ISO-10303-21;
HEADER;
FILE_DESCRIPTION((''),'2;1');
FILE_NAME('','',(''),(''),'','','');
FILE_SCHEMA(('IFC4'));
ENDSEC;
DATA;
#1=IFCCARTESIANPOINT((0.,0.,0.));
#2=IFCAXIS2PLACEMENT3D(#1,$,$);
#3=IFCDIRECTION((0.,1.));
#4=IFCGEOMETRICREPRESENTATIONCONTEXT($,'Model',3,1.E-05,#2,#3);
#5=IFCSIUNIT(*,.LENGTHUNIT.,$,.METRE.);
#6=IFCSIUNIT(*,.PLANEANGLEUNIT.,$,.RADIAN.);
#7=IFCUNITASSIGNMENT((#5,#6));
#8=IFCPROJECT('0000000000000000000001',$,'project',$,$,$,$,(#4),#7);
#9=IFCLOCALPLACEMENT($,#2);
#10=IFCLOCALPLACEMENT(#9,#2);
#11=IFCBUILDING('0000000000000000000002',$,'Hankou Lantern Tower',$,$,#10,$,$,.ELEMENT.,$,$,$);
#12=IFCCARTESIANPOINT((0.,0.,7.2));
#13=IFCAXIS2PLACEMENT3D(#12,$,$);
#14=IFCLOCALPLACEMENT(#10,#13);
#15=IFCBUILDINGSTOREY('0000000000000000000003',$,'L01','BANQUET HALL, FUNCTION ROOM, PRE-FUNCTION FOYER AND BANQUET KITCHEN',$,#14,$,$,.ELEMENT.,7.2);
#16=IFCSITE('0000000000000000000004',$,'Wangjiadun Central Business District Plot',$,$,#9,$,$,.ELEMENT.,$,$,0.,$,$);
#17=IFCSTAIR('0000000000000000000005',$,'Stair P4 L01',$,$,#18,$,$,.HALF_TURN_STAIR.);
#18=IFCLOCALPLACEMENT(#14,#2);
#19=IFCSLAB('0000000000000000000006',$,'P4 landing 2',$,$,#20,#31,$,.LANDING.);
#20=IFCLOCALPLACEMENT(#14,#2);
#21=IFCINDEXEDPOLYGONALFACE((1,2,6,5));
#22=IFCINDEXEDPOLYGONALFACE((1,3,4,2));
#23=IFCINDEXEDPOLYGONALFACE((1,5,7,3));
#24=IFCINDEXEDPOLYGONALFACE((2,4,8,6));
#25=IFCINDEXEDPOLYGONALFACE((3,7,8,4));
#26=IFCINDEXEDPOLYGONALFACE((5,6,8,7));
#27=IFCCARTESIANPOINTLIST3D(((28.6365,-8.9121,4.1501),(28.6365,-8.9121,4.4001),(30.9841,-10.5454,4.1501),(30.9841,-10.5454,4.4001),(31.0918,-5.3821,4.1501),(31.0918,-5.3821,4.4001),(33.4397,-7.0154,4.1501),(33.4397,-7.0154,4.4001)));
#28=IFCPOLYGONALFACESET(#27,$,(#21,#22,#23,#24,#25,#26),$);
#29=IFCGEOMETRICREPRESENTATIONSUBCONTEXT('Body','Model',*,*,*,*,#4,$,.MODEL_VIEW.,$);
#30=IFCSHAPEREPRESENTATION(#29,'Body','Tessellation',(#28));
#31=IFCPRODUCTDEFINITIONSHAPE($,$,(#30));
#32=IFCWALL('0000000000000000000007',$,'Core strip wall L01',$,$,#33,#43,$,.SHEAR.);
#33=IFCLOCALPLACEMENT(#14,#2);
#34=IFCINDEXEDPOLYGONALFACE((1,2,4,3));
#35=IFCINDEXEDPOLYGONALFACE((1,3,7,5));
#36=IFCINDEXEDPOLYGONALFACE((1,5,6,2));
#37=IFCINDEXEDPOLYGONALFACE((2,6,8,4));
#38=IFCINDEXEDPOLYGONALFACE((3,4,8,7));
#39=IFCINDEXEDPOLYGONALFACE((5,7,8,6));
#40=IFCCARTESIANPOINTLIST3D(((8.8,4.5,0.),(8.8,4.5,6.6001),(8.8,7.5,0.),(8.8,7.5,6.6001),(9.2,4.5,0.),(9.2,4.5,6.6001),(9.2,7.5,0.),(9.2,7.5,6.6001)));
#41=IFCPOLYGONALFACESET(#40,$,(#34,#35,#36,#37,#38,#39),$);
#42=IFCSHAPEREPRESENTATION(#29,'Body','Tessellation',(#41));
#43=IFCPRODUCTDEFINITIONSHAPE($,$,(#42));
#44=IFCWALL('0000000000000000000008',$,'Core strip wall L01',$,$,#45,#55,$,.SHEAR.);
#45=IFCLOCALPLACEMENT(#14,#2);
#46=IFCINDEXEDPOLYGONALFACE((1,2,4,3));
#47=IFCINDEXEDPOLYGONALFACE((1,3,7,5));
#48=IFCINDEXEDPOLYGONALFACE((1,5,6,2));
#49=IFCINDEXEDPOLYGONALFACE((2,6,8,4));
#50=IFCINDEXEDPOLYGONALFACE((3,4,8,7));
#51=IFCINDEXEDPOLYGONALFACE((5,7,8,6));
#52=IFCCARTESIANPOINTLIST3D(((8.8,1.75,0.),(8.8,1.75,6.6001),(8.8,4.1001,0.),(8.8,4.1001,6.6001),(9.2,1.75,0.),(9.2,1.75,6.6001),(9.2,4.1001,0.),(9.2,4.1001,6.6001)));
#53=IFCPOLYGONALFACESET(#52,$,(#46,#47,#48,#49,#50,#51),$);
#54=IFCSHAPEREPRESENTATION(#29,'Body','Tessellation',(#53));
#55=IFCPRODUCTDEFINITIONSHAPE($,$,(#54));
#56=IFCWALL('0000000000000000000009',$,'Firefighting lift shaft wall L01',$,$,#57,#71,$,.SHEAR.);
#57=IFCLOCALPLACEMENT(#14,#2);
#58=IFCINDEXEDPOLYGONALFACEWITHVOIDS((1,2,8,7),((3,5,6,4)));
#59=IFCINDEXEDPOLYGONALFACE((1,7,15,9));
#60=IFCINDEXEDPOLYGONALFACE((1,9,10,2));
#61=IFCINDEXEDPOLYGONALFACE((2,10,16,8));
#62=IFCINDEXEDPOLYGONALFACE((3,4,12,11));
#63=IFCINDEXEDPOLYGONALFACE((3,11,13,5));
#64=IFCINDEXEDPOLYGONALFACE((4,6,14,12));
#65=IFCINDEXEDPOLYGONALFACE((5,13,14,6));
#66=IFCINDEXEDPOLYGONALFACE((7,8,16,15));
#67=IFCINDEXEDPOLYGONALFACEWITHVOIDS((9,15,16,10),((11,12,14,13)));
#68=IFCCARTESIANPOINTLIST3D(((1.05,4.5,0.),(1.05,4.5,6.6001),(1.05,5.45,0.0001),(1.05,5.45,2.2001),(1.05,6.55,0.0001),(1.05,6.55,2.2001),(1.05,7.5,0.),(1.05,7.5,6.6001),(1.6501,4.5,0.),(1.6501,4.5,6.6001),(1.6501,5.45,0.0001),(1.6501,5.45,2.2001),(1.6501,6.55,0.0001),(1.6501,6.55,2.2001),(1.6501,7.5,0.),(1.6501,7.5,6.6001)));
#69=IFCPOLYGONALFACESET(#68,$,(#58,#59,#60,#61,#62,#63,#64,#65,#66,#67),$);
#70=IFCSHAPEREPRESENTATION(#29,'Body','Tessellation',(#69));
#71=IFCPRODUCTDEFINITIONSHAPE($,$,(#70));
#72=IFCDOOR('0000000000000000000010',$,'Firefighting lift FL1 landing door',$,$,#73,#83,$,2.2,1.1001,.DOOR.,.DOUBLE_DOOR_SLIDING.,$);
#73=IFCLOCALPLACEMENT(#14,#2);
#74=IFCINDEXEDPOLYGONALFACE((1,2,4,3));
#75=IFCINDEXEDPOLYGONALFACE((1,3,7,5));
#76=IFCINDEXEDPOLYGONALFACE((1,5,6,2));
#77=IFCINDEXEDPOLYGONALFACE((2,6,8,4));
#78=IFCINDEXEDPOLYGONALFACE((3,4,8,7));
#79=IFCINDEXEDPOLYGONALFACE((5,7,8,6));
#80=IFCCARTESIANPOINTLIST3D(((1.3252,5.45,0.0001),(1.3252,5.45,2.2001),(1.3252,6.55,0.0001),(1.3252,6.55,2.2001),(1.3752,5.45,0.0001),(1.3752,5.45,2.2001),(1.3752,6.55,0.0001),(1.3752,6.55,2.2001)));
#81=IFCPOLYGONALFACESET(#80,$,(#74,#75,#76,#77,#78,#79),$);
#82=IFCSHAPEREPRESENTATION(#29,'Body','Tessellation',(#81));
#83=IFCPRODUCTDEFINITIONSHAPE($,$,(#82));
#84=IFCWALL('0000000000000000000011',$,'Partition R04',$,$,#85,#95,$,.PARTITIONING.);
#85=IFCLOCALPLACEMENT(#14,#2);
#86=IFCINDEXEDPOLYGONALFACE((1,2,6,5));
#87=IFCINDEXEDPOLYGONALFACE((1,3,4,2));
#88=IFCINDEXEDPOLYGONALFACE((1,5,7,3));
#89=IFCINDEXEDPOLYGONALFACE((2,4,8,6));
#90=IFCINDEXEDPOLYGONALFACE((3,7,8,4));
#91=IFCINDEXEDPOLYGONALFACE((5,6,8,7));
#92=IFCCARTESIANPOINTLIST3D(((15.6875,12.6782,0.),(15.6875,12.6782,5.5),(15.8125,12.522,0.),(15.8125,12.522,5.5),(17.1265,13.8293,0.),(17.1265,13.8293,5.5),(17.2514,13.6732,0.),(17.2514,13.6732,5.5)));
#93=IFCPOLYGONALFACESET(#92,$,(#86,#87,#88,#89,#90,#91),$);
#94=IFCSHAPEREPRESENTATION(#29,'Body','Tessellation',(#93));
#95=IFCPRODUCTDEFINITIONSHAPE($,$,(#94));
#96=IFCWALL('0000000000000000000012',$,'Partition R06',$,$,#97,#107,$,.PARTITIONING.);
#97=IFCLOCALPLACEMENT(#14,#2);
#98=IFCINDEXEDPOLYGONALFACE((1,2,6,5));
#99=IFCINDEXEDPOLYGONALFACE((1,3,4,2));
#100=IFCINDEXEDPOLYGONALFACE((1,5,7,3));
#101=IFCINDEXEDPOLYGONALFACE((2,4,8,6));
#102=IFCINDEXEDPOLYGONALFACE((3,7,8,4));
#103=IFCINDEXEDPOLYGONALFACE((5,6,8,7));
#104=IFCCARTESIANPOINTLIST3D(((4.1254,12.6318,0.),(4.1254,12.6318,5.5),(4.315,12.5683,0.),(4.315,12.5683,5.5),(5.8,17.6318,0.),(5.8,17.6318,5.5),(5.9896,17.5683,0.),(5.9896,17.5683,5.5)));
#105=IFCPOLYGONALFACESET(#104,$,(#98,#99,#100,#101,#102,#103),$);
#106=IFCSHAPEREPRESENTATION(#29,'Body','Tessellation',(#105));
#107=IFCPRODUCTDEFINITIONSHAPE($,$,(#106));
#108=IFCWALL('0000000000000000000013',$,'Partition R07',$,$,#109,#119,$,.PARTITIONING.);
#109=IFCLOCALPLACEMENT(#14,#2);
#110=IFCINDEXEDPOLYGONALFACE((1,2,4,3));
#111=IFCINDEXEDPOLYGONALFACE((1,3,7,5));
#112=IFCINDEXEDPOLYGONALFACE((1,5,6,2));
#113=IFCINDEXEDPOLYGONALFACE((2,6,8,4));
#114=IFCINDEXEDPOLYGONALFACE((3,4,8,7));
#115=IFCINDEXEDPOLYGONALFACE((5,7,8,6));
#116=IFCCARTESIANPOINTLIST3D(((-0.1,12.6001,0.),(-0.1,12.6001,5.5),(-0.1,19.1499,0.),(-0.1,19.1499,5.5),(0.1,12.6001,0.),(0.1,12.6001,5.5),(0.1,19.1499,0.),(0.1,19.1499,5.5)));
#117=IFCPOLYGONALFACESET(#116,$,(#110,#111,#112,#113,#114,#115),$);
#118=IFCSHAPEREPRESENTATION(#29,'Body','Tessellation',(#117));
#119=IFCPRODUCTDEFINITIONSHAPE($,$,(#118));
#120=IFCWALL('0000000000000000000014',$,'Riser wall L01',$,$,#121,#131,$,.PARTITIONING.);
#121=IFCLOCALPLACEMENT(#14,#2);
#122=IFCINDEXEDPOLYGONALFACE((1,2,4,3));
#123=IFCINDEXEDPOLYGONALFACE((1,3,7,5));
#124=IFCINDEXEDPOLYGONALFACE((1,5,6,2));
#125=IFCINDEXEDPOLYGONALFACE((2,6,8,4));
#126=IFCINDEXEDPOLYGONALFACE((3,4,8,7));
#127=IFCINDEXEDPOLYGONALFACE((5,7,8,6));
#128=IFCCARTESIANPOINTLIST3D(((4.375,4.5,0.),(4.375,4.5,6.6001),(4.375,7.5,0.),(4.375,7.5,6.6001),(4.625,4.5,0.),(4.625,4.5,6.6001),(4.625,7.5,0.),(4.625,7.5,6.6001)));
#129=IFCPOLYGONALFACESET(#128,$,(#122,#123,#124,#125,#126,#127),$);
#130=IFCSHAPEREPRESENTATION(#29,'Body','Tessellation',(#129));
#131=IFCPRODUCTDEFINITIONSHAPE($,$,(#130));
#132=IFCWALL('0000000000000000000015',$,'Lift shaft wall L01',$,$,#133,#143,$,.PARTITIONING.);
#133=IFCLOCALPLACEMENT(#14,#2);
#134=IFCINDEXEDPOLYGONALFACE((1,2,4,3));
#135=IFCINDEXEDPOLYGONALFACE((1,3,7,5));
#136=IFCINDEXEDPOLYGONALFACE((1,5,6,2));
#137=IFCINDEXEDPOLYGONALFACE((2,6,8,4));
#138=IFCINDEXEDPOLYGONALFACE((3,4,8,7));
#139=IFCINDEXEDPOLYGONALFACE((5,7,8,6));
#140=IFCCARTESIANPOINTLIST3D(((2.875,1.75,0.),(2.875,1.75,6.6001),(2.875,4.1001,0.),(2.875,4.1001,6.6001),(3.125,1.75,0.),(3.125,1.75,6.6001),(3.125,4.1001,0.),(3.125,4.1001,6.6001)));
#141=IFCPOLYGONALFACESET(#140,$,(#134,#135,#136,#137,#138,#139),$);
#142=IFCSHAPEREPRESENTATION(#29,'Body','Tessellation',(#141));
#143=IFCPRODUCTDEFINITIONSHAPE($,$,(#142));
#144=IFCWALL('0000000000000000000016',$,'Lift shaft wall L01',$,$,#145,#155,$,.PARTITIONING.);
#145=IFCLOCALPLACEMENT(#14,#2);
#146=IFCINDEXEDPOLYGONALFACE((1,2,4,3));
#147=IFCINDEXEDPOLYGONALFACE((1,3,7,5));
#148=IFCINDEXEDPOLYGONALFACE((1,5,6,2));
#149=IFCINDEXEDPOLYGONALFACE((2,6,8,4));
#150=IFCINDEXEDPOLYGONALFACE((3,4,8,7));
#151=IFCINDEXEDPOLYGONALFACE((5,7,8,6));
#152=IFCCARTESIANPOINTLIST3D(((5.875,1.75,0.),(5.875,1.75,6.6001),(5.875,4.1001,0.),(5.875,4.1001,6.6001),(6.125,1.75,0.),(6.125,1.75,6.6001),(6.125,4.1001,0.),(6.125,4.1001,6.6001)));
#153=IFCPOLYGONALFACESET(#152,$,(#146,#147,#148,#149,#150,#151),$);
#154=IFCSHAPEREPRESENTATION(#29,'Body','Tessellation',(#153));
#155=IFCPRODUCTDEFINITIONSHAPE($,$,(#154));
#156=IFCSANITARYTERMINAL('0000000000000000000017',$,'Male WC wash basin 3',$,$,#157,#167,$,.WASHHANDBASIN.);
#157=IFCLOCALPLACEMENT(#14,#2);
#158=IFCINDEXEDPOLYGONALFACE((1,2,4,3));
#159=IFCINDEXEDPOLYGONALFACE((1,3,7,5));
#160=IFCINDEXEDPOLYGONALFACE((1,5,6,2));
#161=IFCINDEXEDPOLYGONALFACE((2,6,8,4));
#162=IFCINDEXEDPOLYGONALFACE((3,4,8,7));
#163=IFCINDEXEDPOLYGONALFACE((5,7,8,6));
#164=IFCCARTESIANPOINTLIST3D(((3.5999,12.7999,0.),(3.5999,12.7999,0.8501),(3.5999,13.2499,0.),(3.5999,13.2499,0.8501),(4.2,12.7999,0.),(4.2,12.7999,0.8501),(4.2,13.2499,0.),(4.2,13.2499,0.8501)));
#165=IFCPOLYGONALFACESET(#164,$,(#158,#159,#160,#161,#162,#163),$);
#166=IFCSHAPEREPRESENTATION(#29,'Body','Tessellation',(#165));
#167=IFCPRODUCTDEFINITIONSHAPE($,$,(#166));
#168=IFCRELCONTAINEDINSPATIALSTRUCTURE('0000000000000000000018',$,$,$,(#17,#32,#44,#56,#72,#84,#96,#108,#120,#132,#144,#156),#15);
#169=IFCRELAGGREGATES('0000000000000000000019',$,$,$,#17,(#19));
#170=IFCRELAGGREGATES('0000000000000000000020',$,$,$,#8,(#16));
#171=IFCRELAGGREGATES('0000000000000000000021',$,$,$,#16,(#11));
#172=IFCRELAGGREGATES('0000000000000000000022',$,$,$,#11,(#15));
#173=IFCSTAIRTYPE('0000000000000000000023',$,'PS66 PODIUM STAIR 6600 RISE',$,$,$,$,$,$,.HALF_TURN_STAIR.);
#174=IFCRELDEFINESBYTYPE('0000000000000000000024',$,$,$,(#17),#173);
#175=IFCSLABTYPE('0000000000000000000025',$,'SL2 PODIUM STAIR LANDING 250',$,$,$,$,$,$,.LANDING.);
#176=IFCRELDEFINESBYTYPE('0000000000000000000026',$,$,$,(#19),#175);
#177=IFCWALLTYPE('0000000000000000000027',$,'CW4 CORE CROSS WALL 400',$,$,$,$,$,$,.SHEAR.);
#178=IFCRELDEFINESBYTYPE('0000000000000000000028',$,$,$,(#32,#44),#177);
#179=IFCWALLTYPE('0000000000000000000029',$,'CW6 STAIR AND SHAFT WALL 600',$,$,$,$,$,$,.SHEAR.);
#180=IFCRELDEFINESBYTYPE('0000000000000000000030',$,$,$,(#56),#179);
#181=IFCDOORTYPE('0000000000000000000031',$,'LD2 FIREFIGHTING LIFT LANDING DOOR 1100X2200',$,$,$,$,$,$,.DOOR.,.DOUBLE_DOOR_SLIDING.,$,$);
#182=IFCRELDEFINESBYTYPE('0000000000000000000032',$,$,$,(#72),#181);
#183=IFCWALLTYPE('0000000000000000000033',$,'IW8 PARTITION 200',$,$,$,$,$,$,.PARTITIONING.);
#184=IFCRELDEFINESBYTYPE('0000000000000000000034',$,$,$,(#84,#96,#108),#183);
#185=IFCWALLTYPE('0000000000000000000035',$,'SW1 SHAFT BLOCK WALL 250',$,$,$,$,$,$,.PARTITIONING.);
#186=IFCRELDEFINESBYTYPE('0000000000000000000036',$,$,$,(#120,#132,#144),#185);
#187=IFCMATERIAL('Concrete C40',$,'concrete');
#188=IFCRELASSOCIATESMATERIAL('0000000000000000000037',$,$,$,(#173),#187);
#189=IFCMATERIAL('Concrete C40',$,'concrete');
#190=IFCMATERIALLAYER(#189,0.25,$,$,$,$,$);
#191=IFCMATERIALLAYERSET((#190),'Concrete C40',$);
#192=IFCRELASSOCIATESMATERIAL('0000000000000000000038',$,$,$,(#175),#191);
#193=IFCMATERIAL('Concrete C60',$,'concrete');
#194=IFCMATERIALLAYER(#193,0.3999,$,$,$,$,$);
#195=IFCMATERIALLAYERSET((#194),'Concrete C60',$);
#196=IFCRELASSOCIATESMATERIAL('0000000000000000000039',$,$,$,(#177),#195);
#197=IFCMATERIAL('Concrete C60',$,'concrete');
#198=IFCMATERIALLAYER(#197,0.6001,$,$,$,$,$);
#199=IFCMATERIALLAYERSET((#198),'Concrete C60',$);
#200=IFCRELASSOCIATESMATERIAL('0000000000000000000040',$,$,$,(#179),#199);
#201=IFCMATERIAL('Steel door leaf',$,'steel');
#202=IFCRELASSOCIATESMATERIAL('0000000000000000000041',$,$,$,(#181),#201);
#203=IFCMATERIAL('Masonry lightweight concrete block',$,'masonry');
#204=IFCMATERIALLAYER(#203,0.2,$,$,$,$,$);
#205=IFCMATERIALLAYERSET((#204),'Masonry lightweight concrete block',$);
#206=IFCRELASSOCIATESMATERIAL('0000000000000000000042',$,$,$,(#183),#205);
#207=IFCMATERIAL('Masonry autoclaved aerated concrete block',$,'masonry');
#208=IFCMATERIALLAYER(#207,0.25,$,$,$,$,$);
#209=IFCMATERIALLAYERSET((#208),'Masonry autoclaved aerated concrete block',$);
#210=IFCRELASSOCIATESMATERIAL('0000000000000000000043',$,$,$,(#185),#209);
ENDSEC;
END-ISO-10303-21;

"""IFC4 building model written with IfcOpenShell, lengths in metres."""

from ifc_helpers import new_model, si_unit, direction, frame, frame_2d, origin, origin_2d, place, context, subcontext, project, spatial, polyline, rectangle, outline, extrude, material, layer, layer_set, type_object, element, fill, aggregate, save


model = new_model("IFC4")

# Units and contexts
model_context = context("Model", 3, precision=1e-05, world=origin(), true_north=direction((0.0, 1.0)))
body_context = subcontext(model_context, "Body", "Model", "MODEL_VIEW")
ifc_project = project(units=[si_unit("LENGTHUNIT", "METRE"), si_unit("PLANEANGLEUNIT", "RADIAN")], contexts=[model_context])

# Site, building, storey
site_placement = place(None, origin())
site = spatial("IfcSite", under=ifc_project, at=site_placement, Name="Wangjiadun Central Business District Plot", CompositionType="ELEMENT", RefElevation=0.0)
building_placement = place(site_placement, origin())
building = spatial("IfcBuilding", under=site, at=building_placement, Name="Hankou Lantern Tower", CompositionType="ELEMENT")
storey_placement = place(building_placement, frame((0.0, 0.0, 7.2)))
storey = spatial("IfcBuildingStorey", under=building, at=storey_placement, Name="L01", Description="BANQUET HALL, FUNCTION ROOM, PRE-FUNCTION FOYER AND BANQUET KITCHEN", CompositionType="ELEMENT", Elevation=7.2)

# Stair, slab
ifc_material_1 = material(Name="Concrete C40", Category="concrete")
stair_type = type_object("IfcStairType", Name="PS66 PODIUM STAIR 6600 RISE", PredefinedType="HALF_TURN_STAIR", material=ifc_material_1)
stair_placement = place(storey_placement, origin())
stair = element("IfcStair", 1, at=stair_placement, inside=storey, type_object=stair_type, Name="Stair P4 L01", PredefinedType="HALF_TURN_STAIR")
ifc_material_2 = material(Name="Concrete C40", Category="concrete")
ifc_layer_1 = layer(ifc_material_2, 0.25)
ifc_layer_set_1 = layer_set([ifc_layer_1], Name="Concrete C40")
slab_type = type_object("IfcSlabType", Name="SL2 PODIUM STAIR LANDING 250", PredefinedType="LANDING", material=ifc_layer_set_1)
slab_placement = place(storey_placement, frame((0.0, 0.0, 4.1501)))
slab = element("IfcSlab", 2, at=slab_placement, type_object=slab_type, Name="P4 landing 2", PredefinedType="LANDING", context=body_context, shape_type="SweptSolid", body=[
    extrude(outline(polyline([(30.9841, -10.5454), (33.4397, -7.0154), (31.0918, -5.3821), (28.6365, -8.9121), (30.9841, -10.5454)])), origin(), (0.0, 0.0, 1.0), 0.25),
])
aggregate(stair, [slab])

# Walls
ifc_material_3 = material(Name="Concrete C60", Category="concrete")
ifc_layer_2 = layer(ifc_material_3, 0.3999)
ifc_layer_set_2 = layer_set([ifc_layer_2], Name="Concrete C60")
wall_type_1 = type_object("IfcWallType", Name="CW4 CORE CROSS WALL 400", PredefinedType="SHEAR", material=ifc_layer_set_2)
wall_1_placement = place(storey_placement, frame((9.0, 4.5, 0.0), z_axis=(0.0, 0.0, 1.0), x_axis=(0.0, 1.0, 0.0)))
element("IfcWall", 3, at=wall_1_placement, inside=storey, type_object=wall_type_1, Name="Core strip wall L01", PredefinedType="SHEAR", context=body_context, shape_type="SweptSolid", body=[
    extrude(rectangle(XDim=3.0, YDim=0.3999, at=frame_2d((1.5, 0.0))), origin(), (0.0, 0.0, 1.0), 6.6001),
])
wall_2_placement = place(storey_placement, frame((9.0, 1.75, 0.0), z_axis=(0.0, 0.0, 1.0), x_axis=(0.0, 1.0, 0.0)))
element("IfcWall", 4, at=wall_2_placement, inside=storey, type_object=wall_type_1, Name="Core strip wall L01", PredefinedType="SHEAR", context=body_context, shape_type="SweptSolid", body=[
    extrude(rectangle(XDim=2.3501, YDim=0.3999, at=frame_2d((1.175, 0.0))), origin(), (0.0, 0.0, 1.0), 6.6001),
])

# Wall, opening, door
ifc_material_4 = material(Name="Concrete C60", Category="concrete")
ifc_layer_3 = layer(ifc_material_4, 0.6001)
ifc_layer_set_3 = layer_set([ifc_layer_3], Name="Concrete C60")
wall_type_2 = type_object("IfcWallType", Name="CW6 STAIR AND SHAFT WALL 600", PredefinedType="SHEAR", material=ifc_layer_set_3)
wall_3_placement = place(storey_placement, frame((1.3501, 4.5, 0.0), z_axis=(0.0, 0.0, 1.0), x_axis=(0.0, 1.0, 0.0)))
wall_3 = element("IfcWall", 5, at=wall_3_placement, inside=storey, type_object=wall_type_2, Name="Firefighting lift shaft wall L01", PredefinedType="SHEAR", context=body_context, shape_type="SweptSolid", body=[
    extrude(rectangle(XDim=3.0, YDim=0.6001, at=frame_2d((1.5, 0.0))), origin(), (0.0, 0.0, 1.0), 6.6001),
])
opening_placement = place(wall_3_placement, frame((0.95, 0.0, 0.0)))
opening = element("IfcOpeningElement", 6, at=opening_placement, cuts=wall_3, PredefinedType="OPENING", context=body_context, shape_type="SweptSolid", body=[
    extrude(rectangle(XDim=1.1001, YDim=2.2, at=frame_2d((0.55, 1.1001))), frame((0.0, 0.3101, 0.0), z_axis=(0.0, -1.0, 0.0), x_axis=(1.0, 0.0, 0.0)), (0.0, 0.0, 1.0), 0.6201),
])
ifc_material_5 = material(Name="Steel door leaf", Category="steel")
door_type = type_object("IfcDoorType", Name="LD2 FIREFIGHTING LIFT LANDING DOOR 1100X2200", OperationType="DOUBLE_DOOR_SLIDING", PredefinedType="DOOR", material=ifc_material_5)
door_placement = place(opening_placement, origin())
door = element("IfcDoor", 7, at=door_placement, inside=storey, type_object=door_type, Name="Firefighting lift FL1 landing door", OperationType="DOUBLE_DOOR_SLIDING", OverallHeight=2.2, OverallWidth=1.1001, PredefinedType="DOOR", context=body_context, shape_type="SweptSolid", body=[
    extrude(rectangle(XDim=1.1001, YDim=2.2, at=frame_2d((0.55, 1.1001))), frame((0.0, 0.0249, 0.0), z_axis=(0.0, -1.0, 0.0), x_axis=(1.0, 0.0, 0.0)), (0.0, 0.0, 1.0), 0.05),
])
fill(opening, door)

# Walls
ifc_material_6 = material(Name="Masonry lightweight concrete block", Category="masonry")
ifc_layer_4 = layer(ifc_material_6, 0.2)
ifc_layer_set_4 = layer_set([ifc_layer_4], Name="Masonry lightweight concrete block")
wall_type_3 = type_object("IfcWallType", Name="IW8 PARTITION 200", PredefinedType="PARTITIONING", material=ifc_layer_set_4)
wall_4_placement = place(storey_placement, frame((15.75, 12.6001, 0.0), z_axis=(0.0, 0.0, 1.0), x_axis=(0.780882, 0.624679, 0.0)))
element("IfcWall", 8, at=wall_4_placement, inside=storey, type_object=wall_type_3, Name="Partition R04", PredefinedType="PARTITIONING", context=body_context, shape_type="SweptSolid", body=[
    extrude(rectangle(XDim=1.8428, YDim=0.2, at=frame_2d((0.9214, 0.0))), origin(), (0.0, 0.0, 1.0), 5.5),
])
wall_5_placement = place(storey_placement, frame((4.2202, 12.6001, 0.0), z_axis=(0.0, 0.0, 1.0), x_axis=(0.317575, 0.948233, 0.0)))
element("IfcWall", 9, at=wall_5_placement, inside=storey, type_object=wall_type_3, Name="Partition R06", PredefinedType="PARTITIONING", context=body_context, shape_type="SweptSolid", body=[
    extrude(rectangle(XDim=5.2729, YDim=0.2, at=frame_2d((2.6365, 0.0))), origin(), (0.0, 0.0, 1.0), 5.5),
])
wall_6_placement = place(storey_placement, frame((0.0, 12.6001, 0.0), z_axis=(0.0, 0.0, 1.0), x_axis=(0.0, 1.0, 0.0)))
element("IfcWall", 10, at=wall_6_placement, inside=storey, type_object=wall_type_3, Name="Partition R07", PredefinedType="PARTITIONING", context=body_context, shape_type="SweptSolid", body=[
    extrude(rectangle(XDim=6.5498, YDim=0.2, at=frame_2d((3.2749, 0.0))), origin(), (0.0, 0.0, 1.0), 5.5),
])
ifc_material_7 = material(Name="Masonry autoclaved aerated concrete block", Category="masonry")
ifc_layer_5 = layer(ifc_material_7, 0.25)
ifc_layer_set_5 = layer_set([ifc_layer_5], Name="Masonry autoclaved aerated concrete block")
wall_type_4 = type_object("IfcWallType", Name="SW1 SHAFT BLOCK WALL 250", PredefinedType="PARTITIONING", material=ifc_layer_set_5)
wall_7_placement = place(storey_placement, frame((4.5, 4.5, 0.0), z_axis=(0.0, 0.0, 1.0), x_axis=(0.0, 1.0, 0.0)))
element("IfcWall", 11, at=wall_7_placement, inside=storey, type_object=wall_type_4, Name="Riser wall L01", PredefinedType="PARTITIONING", context=body_context, shape_type="SweptSolid", body=[
    extrude(rectangle(XDim=3.0, YDim=0.25, at=frame_2d((1.5, 0.0))), origin(), (0.0, 0.0, 1.0), 6.6001),
])
for number, where, z_axis, x_axis, name in (
    (12, (3.0, 1.75, 0.0), (0.0, 0.0, 1.0), (0.0, 1.0, 0.0), "Lift shaft wall L01"),
    (13, (6.0, 1.75, 0.0), (0.0, 0.0, 1.0), (0.0, 1.0, 0.0), "Lift shaft wall L01"),
):
    element("IfcWall", number, at=place(storey_placement, frame(where, z_axis=z_axis, x_axis=x_axis)), inside=storey, type_object=wall_type_4, Name=name, PredefinedType="PARTITIONING", context=body_context, shape_type="SweptSolid", body=[
        extrude(rectangle(XDim=2.3501, YDim=0.25, at=frame_2d((1.175, 0.0))), origin(), (0.0, 0.0, 1.0), 6.6001),
    ])

# Sanitary terminal
sanitary_terminal_placement = place(storey_placement, frame((3.8999, 13.0249, 0.0), z_axis=(0.0, 0.0, 1.0), x_axis=(1.0, 0.0, 0.0)))
element("IfcSanitaryTerminal", 14, at=sanitary_terminal_placement, inside=storey, Name="Male WC wash basin 3", PredefinedType="WASHHANDBASIN", context=body_context, shape_type="SweptSolid", body=[
    extrude(rectangle(XDim=0.6001, YDim=0.45, at=origin_2d()), origin(), (0.0, 0.0, 1.0), 0.8501),
])

save(model, "model.ifc")
